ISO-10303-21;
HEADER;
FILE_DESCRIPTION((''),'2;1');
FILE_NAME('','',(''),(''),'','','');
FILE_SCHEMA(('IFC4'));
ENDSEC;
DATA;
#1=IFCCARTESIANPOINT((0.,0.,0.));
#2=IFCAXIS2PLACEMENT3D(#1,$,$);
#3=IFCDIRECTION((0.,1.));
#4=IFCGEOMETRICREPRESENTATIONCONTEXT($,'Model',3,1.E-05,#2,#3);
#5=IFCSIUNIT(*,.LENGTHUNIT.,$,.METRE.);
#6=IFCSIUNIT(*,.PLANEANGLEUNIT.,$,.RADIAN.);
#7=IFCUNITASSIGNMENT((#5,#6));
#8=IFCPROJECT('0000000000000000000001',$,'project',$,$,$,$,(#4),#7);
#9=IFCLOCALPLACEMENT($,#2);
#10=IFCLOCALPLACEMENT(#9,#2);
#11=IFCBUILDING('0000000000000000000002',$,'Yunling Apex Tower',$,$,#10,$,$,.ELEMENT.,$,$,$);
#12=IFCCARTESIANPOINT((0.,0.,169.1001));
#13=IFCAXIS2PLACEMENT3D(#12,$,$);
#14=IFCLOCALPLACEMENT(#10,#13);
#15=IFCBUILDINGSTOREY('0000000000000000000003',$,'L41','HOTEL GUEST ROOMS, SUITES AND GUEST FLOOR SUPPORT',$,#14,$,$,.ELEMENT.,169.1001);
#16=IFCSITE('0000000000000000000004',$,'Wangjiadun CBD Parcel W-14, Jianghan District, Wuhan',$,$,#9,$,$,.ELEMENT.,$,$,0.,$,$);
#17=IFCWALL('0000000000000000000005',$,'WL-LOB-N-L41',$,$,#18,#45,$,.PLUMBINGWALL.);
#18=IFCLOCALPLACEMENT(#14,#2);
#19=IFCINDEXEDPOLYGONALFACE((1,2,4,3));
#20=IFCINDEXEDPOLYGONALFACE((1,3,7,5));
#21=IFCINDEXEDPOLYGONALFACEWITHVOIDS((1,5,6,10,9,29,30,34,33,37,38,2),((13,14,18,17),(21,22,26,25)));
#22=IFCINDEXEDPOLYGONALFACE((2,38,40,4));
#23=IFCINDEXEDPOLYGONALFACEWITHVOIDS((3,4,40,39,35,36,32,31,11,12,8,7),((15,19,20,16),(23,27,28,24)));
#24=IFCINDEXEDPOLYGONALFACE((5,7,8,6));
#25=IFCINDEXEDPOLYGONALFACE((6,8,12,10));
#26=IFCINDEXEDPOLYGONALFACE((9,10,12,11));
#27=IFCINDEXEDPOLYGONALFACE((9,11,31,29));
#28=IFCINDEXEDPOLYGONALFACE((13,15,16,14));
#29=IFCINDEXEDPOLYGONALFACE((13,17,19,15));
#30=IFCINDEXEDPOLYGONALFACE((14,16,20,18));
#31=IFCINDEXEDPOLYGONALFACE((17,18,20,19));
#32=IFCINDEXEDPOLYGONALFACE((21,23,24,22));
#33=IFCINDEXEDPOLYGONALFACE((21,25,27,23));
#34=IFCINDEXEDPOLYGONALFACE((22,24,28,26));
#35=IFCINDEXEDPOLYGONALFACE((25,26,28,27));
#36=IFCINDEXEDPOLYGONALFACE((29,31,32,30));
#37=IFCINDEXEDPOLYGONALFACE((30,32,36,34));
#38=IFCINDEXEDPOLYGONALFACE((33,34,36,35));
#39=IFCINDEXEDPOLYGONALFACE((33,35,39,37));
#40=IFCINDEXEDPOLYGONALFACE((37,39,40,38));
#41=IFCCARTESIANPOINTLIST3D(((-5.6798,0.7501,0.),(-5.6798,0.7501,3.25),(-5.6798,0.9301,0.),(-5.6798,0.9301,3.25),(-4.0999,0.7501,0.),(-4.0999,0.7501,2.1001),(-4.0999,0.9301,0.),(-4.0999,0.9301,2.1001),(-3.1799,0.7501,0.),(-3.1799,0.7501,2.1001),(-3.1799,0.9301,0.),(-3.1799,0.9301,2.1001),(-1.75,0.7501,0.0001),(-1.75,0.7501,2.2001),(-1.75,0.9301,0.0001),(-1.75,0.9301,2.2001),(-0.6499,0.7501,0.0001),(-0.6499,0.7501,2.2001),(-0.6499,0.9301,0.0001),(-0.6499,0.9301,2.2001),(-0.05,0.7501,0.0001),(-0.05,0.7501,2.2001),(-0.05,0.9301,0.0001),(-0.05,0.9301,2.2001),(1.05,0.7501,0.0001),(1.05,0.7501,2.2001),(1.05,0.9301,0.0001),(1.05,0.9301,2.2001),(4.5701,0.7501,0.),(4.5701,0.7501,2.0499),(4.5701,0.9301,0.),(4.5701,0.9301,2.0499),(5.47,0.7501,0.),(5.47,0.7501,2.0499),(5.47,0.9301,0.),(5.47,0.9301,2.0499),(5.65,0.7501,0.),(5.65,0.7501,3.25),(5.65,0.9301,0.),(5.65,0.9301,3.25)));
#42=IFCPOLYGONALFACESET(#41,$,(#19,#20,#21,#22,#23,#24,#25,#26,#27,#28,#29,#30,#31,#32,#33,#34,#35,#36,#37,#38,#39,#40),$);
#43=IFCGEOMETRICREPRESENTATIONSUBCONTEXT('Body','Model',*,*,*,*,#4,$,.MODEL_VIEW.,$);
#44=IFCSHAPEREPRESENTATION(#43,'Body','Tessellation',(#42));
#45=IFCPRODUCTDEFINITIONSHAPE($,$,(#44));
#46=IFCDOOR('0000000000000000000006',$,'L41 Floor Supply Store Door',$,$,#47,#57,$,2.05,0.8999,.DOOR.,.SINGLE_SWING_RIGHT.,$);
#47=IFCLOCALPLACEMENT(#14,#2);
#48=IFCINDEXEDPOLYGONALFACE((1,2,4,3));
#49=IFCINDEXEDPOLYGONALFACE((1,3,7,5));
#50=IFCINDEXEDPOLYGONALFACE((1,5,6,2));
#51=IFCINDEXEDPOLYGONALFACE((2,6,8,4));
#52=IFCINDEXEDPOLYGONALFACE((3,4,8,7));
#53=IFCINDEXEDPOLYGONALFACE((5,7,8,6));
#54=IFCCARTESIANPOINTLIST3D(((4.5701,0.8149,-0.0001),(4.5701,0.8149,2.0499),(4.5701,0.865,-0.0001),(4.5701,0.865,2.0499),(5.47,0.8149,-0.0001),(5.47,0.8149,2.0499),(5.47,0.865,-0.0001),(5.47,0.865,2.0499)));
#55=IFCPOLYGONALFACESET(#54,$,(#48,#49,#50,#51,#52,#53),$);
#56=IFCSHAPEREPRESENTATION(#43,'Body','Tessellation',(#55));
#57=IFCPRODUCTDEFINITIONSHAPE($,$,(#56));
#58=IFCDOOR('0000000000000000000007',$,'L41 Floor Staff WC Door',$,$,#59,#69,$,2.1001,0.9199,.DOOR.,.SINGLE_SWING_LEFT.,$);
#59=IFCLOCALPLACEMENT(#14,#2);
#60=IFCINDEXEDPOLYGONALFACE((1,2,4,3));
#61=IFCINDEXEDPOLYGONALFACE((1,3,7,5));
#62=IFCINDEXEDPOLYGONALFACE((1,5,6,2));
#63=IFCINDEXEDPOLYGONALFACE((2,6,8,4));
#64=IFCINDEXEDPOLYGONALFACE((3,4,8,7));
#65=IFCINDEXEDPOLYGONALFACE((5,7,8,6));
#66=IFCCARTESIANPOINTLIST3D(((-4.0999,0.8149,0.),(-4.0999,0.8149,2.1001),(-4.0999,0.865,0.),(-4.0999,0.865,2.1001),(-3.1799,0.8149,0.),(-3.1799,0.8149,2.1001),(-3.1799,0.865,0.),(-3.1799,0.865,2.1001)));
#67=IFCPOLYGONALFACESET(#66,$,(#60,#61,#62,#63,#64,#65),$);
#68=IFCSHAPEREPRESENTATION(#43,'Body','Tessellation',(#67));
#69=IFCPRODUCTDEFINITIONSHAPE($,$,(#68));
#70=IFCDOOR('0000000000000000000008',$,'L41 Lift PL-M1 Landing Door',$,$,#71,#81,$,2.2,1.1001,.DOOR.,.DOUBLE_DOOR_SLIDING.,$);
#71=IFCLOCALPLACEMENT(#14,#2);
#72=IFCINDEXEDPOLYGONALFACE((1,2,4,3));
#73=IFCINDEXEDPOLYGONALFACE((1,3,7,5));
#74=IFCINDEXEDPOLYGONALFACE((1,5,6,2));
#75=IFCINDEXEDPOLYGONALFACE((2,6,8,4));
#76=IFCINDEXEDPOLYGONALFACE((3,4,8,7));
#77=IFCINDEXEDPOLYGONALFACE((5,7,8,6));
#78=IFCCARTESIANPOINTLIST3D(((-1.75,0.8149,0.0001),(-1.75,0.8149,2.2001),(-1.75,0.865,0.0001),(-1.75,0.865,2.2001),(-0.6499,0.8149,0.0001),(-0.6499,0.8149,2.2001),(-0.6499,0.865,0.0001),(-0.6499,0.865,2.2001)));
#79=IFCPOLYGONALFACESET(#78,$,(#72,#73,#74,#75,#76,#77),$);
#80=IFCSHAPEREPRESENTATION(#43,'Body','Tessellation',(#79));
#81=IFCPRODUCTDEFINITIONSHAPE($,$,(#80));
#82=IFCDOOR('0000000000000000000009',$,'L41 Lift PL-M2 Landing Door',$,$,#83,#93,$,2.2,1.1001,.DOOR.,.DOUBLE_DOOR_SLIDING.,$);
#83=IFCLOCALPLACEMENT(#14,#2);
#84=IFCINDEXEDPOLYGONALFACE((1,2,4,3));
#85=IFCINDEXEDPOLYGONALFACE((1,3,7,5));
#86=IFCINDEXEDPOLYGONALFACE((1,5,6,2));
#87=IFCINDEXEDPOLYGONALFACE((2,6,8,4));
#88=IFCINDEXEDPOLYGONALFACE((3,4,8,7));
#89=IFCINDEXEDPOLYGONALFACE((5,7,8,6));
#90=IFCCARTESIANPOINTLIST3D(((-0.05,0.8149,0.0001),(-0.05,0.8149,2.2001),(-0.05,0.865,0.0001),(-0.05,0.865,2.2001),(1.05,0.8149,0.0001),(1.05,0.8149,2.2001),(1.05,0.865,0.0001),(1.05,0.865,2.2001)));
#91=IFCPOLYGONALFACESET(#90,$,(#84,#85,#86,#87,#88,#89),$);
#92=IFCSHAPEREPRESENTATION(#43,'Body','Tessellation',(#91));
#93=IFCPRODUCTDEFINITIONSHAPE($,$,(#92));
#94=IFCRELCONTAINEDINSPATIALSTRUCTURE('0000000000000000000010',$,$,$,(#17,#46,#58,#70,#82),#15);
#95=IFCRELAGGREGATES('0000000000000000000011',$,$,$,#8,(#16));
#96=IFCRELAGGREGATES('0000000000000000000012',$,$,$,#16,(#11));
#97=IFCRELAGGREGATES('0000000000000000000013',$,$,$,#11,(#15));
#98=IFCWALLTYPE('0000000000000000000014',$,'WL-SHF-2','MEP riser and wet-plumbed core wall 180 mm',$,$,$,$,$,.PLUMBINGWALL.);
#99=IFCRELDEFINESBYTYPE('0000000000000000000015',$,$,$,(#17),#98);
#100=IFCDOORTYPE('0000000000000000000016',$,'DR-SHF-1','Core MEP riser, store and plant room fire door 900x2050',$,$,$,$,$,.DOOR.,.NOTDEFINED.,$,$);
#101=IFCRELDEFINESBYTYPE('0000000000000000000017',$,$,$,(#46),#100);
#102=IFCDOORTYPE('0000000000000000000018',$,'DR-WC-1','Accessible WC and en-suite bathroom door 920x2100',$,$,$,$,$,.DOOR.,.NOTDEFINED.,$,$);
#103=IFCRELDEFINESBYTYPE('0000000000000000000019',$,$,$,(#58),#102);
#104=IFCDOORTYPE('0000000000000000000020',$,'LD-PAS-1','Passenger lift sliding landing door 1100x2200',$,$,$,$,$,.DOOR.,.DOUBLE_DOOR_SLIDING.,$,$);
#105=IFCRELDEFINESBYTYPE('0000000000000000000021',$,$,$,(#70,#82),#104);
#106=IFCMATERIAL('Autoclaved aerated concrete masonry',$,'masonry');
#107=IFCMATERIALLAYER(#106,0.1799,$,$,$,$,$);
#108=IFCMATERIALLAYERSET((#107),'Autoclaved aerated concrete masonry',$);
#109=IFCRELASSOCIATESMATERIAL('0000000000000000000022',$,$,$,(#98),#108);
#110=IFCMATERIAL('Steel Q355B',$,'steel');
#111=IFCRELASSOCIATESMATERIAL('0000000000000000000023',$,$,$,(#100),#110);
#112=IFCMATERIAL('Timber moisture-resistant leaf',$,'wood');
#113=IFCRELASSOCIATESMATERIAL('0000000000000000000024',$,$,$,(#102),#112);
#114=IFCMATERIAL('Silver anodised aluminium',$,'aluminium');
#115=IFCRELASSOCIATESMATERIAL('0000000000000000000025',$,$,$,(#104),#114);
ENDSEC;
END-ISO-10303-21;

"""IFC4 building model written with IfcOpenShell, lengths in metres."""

from ifc_helpers import new_model, si_unit, direction, frame, frame_2d, origin, place, context, subcontext, project, spatial, rectangle, extrude, material, layer, layer_set, type_object, element, fill, save


model = new_model("IFC4")

# Units and contexts
model_context = context("Model", 3, precision=1e-05, world=origin(), true_north=direction((0.0, 1.0)))
body_context = subcontext(model_context, "Body", "Model", "MODEL_VIEW")
ifc_project = project(units=[si_unit("LENGTHUNIT", "METRE"), si_unit("PLANEANGLEUNIT", "RADIAN")], contexts=[model_context])

# Site, building, storey
site_placement = place(None, origin())
site = spatial("IfcSite", under=ifc_project, at=site_placement, Name="Wangjiadun CBD Parcel W-14, Jianghan District, Wuhan", CompositionType="ELEMENT", RefElevation=0.0)
building_placement = place(site_placement, origin())
building = spatial("IfcBuilding", under=site, at=building_placement, Name="Yunling Apex Tower", CompositionType="ELEMENT")
storey_placement = place(building_placement, frame((0.0, 0.0, 169.1001)))
storey = spatial("IfcBuildingStorey", under=building, at=storey_placement, Name="L41", Description="HOTEL GUEST ROOMS, SUITES AND GUEST FLOOR SUPPORT", CompositionType="ELEMENT", Elevation=169.1001)

# Shared definitions
ifc_material_1 = material(Name="Steel Q355B", Category="steel")

# Shared definitions
ifc_material_2 = material(Name="Autoclaved aerated concrete masonry", Category="masonry")

# Shared definitions
ifc_layer_1 = layer(ifc_material_2, 0.1799)
ifc_layer_set_1 = layer_set([ifc_layer_1], Name="Autoclaved aerated concrete masonry")
wall_type_1 = type_object("IfcWallType", Name="WL-SHF-2", Description="MEP riser and wet-plumbed core wall 180 mm", PredefinedType="PLUMBINGWALL", material=ifc_layer_set_1)

# Wall, openings, doors
wall_1_placement = place(storey_placement, frame((-5.6799, 0.8401, 0.0), z_axis=(0.0, 0.0, 1.0), x_axis=(1.0, 0.0, 0.0)))
wall_1 = element("IfcWall", 1, at=wall_1_placement, inside=storey, type_object=wall_type_1, Name="WL-LOB-N-L41", PredefinedType="PLUMBINGWALL", context=body_context, shape_type="SweptSolid", body=[
    extrude(rectangle(XDim=11.3298, YDim=0.1799, at=frame_2d((5.665, 0.0))), origin(), (0.0, 0.0, 1.0), 3.25),
])
opening_1_placement = place(wall_1_placement, frame((1.5801, 0.0, 0.0)))
opening_1 = element("IfcOpeningElement", 2, at=opening_1_placement, cuts=wall_1, PredefinedType="OPENING", context=body_context, shape_type="SweptSolid", body=[
    extrude(rectangle(XDim=0.9199, YDim=2.1001, at=frame_2d((0.46, 1.05))), frame((0.0, 0.1001, 0.0), z_axis=(0.0, -1.0, 0.0), x_axis=(1.0, 0.0, 0.0)), (0.0, 0.0, 1.0), 0.2),
])
opening_2_placement = place(wall_1_placement, frame((3.9299, 0.0, 0.0)))
opening_2 = element("IfcOpeningElement", 3, at=opening_2_placement, cuts=wall_1, PredefinedType="OPENING", context=body_context, shape_type="SweptSolid", body=[
    extrude(rectangle(XDim=1.1001, YDim=2.2, at=frame_2d((0.55, 1.1001))), frame((0.0, 0.1001, 0.0), z_axis=(0.0, -1.0, 0.0), x_axis=(1.0, 0.0, 0.0)), (0.0, 0.0, 1.0), 0.2),
])
opening_3_placement = place(wall_1_placement, frame((5.6299, 0.0, 0.0)))
opening_3 = element("IfcOpeningElement", 4, at=opening_3_placement, cuts=wall_1, PredefinedType="OPENING", context=body_context, shape_type="SweptSolid", body=[
    extrude(rectangle(XDim=1.1001, YDim=2.2, at=frame_2d((0.55, 1.1001))), frame((0.0, 0.1001, 0.0), z_axis=(0.0, -1.0, 0.0), x_axis=(1.0, 0.0, 0.0)), (0.0, 0.0, 1.0), 0.2),
])
opening_4_placement = place(wall_1_placement, frame((10.25, 0.0, 0.0)))
opening_4 = element("IfcOpeningElement", 5, at=opening_4_placement, cuts=wall_1, PredefinedType="OPENING", context=body_context, shape_type="SweptSolid", body=[
    extrude(rectangle(XDim=0.8999, YDim=2.05, at=frame_2d((0.45, 1.0249))), frame((0.0, 0.1001, 0.0), z_axis=(0.0, -1.0, 0.0), x_axis=(1.0, 0.0, 0.0)), (0.0, 0.0, 1.0), 0.2),
])
door_type_1 = type_object("IfcDoorType", Name="DR-SHF-1", Description="Core MEP riser, store and plant room fire door 900x2050", OperationType="NOTDEFINED", PredefinedType="DOOR", material=ifc_material_1)
door_1_placement = place(opening_4_placement, origin())
door_1 = element("IfcDoor", 6, at=door_1_placement, inside=storey, type_object=door_type_1, Name="L41 Floor Supply Store Door", OperationType="SINGLE_SWING_RIGHT", OverallHeight=2.05, OverallWidth=0.8999, PredefinedType="DOOR", context=body_context, shape_type="SweptSolid", body=[
    extrude(rectangle(XDim=0.8999, YDim=2.05, at=frame_2d((0.45, 1.0249))), frame((0.0, 0.0249, 0.0), z_axis=(0.0, -1.0, 0.0), x_axis=(1.0, 0.0, 0.0)), (0.0, 0.0, 1.0), 0.05),
])
fill(opening_4, door_1)
ifc_material_3 = material(Name="Timber moisture-resistant leaf", Category="wood")
door_type_2 = type_object("IfcDoorType", Name="DR-WC-1", Description="Accessible WC and en-suite bathroom door 920x2100", OperationType="NOTDEFINED", PredefinedType="DOOR", material=ifc_material_3)
door_2_placement = place(opening_1_placement, origin())
door_2 = element("IfcDoor", 7, at=door_2_placement, inside=storey, type_object=door_type_2, Name="L41 Floor Staff WC Door", OperationType="SINGLE_SWING_LEFT", OverallHeight=2.1001, OverallWidth=0.9199, PredefinedType="DOOR", context=body_context, shape_type="SweptSolid", body=[
    extrude(rectangle(XDim=0.9199, YDim=2.1001, at=frame_2d((0.46, 1.05))), frame((0.0, 0.0249, 0.0), z_axis=(0.0, -1.0, 0.0), x_axis=(1.0, 0.0, 0.0)), (0.0, 0.0, 1.0), 0.05),
])
fill(opening_1, door_2)
ifc_material_4 = material(Name="Silver anodised aluminium", Category="aluminium")
door_type_3 = type_object("IfcDoorType", Name="LD-PAS-1", Description="Passenger lift sliding landing door 1100x2200", OperationType="DOUBLE_DOOR_SLIDING", PredefinedType="DOOR", material=ifc_material_4)
door_3_placement = place(opening_2_placement, origin())
door_3 = element("IfcDoor", 8, at=door_3_placement, inside=storey, type_object=door_type_3, Name="L41 Lift PL-M1 Landing Door", OperationType="DOUBLE_DOOR_SLIDING", OverallHeight=2.2, OverallWidth=1.1001, PredefinedType="DOOR", context=body_context, shape_type="SweptSolid", body=[
    extrude(rectangle(XDim=1.1001, YDim=2.2, at=frame_2d((0.55, 1.1001))), frame((0.0, 0.0249, 0.0), z_axis=(0.0, -1.0, 0.0), x_axis=(1.0, 0.0, 0.0)), (0.0, 0.0, 1.0), 0.05),
])
fill(opening_2, door_3)
door_4_placement = place(opening_3_placement, origin())
door_4 = element("IfcDoor", 9, at=door_4_placement, inside=storey, type_object=door_type_3, Name="L41 Lift PL-M2 Landing Door", OperationType="DOUBLE_DOOR_SLIDING", OverallHeight=2.2, OverallWidth=1.1001, PredefinedType="DOOR", context=body_context, shape_type="SweptSolid", body=[
    extrude(rectangle(XDim=1.1001, YDim=2.2, at=frame_2d((0.55, 1.1001))), frame((0.0, 0.0249, 0.0), z_axis=(0.0, -1.0, 0.0), x_axis=(1.0, 0.0, 0.0)), (0.0, 0.0, 1.0), 0.05),
])
fill(opening_3, door_4)

save(model, "model.ifc")
